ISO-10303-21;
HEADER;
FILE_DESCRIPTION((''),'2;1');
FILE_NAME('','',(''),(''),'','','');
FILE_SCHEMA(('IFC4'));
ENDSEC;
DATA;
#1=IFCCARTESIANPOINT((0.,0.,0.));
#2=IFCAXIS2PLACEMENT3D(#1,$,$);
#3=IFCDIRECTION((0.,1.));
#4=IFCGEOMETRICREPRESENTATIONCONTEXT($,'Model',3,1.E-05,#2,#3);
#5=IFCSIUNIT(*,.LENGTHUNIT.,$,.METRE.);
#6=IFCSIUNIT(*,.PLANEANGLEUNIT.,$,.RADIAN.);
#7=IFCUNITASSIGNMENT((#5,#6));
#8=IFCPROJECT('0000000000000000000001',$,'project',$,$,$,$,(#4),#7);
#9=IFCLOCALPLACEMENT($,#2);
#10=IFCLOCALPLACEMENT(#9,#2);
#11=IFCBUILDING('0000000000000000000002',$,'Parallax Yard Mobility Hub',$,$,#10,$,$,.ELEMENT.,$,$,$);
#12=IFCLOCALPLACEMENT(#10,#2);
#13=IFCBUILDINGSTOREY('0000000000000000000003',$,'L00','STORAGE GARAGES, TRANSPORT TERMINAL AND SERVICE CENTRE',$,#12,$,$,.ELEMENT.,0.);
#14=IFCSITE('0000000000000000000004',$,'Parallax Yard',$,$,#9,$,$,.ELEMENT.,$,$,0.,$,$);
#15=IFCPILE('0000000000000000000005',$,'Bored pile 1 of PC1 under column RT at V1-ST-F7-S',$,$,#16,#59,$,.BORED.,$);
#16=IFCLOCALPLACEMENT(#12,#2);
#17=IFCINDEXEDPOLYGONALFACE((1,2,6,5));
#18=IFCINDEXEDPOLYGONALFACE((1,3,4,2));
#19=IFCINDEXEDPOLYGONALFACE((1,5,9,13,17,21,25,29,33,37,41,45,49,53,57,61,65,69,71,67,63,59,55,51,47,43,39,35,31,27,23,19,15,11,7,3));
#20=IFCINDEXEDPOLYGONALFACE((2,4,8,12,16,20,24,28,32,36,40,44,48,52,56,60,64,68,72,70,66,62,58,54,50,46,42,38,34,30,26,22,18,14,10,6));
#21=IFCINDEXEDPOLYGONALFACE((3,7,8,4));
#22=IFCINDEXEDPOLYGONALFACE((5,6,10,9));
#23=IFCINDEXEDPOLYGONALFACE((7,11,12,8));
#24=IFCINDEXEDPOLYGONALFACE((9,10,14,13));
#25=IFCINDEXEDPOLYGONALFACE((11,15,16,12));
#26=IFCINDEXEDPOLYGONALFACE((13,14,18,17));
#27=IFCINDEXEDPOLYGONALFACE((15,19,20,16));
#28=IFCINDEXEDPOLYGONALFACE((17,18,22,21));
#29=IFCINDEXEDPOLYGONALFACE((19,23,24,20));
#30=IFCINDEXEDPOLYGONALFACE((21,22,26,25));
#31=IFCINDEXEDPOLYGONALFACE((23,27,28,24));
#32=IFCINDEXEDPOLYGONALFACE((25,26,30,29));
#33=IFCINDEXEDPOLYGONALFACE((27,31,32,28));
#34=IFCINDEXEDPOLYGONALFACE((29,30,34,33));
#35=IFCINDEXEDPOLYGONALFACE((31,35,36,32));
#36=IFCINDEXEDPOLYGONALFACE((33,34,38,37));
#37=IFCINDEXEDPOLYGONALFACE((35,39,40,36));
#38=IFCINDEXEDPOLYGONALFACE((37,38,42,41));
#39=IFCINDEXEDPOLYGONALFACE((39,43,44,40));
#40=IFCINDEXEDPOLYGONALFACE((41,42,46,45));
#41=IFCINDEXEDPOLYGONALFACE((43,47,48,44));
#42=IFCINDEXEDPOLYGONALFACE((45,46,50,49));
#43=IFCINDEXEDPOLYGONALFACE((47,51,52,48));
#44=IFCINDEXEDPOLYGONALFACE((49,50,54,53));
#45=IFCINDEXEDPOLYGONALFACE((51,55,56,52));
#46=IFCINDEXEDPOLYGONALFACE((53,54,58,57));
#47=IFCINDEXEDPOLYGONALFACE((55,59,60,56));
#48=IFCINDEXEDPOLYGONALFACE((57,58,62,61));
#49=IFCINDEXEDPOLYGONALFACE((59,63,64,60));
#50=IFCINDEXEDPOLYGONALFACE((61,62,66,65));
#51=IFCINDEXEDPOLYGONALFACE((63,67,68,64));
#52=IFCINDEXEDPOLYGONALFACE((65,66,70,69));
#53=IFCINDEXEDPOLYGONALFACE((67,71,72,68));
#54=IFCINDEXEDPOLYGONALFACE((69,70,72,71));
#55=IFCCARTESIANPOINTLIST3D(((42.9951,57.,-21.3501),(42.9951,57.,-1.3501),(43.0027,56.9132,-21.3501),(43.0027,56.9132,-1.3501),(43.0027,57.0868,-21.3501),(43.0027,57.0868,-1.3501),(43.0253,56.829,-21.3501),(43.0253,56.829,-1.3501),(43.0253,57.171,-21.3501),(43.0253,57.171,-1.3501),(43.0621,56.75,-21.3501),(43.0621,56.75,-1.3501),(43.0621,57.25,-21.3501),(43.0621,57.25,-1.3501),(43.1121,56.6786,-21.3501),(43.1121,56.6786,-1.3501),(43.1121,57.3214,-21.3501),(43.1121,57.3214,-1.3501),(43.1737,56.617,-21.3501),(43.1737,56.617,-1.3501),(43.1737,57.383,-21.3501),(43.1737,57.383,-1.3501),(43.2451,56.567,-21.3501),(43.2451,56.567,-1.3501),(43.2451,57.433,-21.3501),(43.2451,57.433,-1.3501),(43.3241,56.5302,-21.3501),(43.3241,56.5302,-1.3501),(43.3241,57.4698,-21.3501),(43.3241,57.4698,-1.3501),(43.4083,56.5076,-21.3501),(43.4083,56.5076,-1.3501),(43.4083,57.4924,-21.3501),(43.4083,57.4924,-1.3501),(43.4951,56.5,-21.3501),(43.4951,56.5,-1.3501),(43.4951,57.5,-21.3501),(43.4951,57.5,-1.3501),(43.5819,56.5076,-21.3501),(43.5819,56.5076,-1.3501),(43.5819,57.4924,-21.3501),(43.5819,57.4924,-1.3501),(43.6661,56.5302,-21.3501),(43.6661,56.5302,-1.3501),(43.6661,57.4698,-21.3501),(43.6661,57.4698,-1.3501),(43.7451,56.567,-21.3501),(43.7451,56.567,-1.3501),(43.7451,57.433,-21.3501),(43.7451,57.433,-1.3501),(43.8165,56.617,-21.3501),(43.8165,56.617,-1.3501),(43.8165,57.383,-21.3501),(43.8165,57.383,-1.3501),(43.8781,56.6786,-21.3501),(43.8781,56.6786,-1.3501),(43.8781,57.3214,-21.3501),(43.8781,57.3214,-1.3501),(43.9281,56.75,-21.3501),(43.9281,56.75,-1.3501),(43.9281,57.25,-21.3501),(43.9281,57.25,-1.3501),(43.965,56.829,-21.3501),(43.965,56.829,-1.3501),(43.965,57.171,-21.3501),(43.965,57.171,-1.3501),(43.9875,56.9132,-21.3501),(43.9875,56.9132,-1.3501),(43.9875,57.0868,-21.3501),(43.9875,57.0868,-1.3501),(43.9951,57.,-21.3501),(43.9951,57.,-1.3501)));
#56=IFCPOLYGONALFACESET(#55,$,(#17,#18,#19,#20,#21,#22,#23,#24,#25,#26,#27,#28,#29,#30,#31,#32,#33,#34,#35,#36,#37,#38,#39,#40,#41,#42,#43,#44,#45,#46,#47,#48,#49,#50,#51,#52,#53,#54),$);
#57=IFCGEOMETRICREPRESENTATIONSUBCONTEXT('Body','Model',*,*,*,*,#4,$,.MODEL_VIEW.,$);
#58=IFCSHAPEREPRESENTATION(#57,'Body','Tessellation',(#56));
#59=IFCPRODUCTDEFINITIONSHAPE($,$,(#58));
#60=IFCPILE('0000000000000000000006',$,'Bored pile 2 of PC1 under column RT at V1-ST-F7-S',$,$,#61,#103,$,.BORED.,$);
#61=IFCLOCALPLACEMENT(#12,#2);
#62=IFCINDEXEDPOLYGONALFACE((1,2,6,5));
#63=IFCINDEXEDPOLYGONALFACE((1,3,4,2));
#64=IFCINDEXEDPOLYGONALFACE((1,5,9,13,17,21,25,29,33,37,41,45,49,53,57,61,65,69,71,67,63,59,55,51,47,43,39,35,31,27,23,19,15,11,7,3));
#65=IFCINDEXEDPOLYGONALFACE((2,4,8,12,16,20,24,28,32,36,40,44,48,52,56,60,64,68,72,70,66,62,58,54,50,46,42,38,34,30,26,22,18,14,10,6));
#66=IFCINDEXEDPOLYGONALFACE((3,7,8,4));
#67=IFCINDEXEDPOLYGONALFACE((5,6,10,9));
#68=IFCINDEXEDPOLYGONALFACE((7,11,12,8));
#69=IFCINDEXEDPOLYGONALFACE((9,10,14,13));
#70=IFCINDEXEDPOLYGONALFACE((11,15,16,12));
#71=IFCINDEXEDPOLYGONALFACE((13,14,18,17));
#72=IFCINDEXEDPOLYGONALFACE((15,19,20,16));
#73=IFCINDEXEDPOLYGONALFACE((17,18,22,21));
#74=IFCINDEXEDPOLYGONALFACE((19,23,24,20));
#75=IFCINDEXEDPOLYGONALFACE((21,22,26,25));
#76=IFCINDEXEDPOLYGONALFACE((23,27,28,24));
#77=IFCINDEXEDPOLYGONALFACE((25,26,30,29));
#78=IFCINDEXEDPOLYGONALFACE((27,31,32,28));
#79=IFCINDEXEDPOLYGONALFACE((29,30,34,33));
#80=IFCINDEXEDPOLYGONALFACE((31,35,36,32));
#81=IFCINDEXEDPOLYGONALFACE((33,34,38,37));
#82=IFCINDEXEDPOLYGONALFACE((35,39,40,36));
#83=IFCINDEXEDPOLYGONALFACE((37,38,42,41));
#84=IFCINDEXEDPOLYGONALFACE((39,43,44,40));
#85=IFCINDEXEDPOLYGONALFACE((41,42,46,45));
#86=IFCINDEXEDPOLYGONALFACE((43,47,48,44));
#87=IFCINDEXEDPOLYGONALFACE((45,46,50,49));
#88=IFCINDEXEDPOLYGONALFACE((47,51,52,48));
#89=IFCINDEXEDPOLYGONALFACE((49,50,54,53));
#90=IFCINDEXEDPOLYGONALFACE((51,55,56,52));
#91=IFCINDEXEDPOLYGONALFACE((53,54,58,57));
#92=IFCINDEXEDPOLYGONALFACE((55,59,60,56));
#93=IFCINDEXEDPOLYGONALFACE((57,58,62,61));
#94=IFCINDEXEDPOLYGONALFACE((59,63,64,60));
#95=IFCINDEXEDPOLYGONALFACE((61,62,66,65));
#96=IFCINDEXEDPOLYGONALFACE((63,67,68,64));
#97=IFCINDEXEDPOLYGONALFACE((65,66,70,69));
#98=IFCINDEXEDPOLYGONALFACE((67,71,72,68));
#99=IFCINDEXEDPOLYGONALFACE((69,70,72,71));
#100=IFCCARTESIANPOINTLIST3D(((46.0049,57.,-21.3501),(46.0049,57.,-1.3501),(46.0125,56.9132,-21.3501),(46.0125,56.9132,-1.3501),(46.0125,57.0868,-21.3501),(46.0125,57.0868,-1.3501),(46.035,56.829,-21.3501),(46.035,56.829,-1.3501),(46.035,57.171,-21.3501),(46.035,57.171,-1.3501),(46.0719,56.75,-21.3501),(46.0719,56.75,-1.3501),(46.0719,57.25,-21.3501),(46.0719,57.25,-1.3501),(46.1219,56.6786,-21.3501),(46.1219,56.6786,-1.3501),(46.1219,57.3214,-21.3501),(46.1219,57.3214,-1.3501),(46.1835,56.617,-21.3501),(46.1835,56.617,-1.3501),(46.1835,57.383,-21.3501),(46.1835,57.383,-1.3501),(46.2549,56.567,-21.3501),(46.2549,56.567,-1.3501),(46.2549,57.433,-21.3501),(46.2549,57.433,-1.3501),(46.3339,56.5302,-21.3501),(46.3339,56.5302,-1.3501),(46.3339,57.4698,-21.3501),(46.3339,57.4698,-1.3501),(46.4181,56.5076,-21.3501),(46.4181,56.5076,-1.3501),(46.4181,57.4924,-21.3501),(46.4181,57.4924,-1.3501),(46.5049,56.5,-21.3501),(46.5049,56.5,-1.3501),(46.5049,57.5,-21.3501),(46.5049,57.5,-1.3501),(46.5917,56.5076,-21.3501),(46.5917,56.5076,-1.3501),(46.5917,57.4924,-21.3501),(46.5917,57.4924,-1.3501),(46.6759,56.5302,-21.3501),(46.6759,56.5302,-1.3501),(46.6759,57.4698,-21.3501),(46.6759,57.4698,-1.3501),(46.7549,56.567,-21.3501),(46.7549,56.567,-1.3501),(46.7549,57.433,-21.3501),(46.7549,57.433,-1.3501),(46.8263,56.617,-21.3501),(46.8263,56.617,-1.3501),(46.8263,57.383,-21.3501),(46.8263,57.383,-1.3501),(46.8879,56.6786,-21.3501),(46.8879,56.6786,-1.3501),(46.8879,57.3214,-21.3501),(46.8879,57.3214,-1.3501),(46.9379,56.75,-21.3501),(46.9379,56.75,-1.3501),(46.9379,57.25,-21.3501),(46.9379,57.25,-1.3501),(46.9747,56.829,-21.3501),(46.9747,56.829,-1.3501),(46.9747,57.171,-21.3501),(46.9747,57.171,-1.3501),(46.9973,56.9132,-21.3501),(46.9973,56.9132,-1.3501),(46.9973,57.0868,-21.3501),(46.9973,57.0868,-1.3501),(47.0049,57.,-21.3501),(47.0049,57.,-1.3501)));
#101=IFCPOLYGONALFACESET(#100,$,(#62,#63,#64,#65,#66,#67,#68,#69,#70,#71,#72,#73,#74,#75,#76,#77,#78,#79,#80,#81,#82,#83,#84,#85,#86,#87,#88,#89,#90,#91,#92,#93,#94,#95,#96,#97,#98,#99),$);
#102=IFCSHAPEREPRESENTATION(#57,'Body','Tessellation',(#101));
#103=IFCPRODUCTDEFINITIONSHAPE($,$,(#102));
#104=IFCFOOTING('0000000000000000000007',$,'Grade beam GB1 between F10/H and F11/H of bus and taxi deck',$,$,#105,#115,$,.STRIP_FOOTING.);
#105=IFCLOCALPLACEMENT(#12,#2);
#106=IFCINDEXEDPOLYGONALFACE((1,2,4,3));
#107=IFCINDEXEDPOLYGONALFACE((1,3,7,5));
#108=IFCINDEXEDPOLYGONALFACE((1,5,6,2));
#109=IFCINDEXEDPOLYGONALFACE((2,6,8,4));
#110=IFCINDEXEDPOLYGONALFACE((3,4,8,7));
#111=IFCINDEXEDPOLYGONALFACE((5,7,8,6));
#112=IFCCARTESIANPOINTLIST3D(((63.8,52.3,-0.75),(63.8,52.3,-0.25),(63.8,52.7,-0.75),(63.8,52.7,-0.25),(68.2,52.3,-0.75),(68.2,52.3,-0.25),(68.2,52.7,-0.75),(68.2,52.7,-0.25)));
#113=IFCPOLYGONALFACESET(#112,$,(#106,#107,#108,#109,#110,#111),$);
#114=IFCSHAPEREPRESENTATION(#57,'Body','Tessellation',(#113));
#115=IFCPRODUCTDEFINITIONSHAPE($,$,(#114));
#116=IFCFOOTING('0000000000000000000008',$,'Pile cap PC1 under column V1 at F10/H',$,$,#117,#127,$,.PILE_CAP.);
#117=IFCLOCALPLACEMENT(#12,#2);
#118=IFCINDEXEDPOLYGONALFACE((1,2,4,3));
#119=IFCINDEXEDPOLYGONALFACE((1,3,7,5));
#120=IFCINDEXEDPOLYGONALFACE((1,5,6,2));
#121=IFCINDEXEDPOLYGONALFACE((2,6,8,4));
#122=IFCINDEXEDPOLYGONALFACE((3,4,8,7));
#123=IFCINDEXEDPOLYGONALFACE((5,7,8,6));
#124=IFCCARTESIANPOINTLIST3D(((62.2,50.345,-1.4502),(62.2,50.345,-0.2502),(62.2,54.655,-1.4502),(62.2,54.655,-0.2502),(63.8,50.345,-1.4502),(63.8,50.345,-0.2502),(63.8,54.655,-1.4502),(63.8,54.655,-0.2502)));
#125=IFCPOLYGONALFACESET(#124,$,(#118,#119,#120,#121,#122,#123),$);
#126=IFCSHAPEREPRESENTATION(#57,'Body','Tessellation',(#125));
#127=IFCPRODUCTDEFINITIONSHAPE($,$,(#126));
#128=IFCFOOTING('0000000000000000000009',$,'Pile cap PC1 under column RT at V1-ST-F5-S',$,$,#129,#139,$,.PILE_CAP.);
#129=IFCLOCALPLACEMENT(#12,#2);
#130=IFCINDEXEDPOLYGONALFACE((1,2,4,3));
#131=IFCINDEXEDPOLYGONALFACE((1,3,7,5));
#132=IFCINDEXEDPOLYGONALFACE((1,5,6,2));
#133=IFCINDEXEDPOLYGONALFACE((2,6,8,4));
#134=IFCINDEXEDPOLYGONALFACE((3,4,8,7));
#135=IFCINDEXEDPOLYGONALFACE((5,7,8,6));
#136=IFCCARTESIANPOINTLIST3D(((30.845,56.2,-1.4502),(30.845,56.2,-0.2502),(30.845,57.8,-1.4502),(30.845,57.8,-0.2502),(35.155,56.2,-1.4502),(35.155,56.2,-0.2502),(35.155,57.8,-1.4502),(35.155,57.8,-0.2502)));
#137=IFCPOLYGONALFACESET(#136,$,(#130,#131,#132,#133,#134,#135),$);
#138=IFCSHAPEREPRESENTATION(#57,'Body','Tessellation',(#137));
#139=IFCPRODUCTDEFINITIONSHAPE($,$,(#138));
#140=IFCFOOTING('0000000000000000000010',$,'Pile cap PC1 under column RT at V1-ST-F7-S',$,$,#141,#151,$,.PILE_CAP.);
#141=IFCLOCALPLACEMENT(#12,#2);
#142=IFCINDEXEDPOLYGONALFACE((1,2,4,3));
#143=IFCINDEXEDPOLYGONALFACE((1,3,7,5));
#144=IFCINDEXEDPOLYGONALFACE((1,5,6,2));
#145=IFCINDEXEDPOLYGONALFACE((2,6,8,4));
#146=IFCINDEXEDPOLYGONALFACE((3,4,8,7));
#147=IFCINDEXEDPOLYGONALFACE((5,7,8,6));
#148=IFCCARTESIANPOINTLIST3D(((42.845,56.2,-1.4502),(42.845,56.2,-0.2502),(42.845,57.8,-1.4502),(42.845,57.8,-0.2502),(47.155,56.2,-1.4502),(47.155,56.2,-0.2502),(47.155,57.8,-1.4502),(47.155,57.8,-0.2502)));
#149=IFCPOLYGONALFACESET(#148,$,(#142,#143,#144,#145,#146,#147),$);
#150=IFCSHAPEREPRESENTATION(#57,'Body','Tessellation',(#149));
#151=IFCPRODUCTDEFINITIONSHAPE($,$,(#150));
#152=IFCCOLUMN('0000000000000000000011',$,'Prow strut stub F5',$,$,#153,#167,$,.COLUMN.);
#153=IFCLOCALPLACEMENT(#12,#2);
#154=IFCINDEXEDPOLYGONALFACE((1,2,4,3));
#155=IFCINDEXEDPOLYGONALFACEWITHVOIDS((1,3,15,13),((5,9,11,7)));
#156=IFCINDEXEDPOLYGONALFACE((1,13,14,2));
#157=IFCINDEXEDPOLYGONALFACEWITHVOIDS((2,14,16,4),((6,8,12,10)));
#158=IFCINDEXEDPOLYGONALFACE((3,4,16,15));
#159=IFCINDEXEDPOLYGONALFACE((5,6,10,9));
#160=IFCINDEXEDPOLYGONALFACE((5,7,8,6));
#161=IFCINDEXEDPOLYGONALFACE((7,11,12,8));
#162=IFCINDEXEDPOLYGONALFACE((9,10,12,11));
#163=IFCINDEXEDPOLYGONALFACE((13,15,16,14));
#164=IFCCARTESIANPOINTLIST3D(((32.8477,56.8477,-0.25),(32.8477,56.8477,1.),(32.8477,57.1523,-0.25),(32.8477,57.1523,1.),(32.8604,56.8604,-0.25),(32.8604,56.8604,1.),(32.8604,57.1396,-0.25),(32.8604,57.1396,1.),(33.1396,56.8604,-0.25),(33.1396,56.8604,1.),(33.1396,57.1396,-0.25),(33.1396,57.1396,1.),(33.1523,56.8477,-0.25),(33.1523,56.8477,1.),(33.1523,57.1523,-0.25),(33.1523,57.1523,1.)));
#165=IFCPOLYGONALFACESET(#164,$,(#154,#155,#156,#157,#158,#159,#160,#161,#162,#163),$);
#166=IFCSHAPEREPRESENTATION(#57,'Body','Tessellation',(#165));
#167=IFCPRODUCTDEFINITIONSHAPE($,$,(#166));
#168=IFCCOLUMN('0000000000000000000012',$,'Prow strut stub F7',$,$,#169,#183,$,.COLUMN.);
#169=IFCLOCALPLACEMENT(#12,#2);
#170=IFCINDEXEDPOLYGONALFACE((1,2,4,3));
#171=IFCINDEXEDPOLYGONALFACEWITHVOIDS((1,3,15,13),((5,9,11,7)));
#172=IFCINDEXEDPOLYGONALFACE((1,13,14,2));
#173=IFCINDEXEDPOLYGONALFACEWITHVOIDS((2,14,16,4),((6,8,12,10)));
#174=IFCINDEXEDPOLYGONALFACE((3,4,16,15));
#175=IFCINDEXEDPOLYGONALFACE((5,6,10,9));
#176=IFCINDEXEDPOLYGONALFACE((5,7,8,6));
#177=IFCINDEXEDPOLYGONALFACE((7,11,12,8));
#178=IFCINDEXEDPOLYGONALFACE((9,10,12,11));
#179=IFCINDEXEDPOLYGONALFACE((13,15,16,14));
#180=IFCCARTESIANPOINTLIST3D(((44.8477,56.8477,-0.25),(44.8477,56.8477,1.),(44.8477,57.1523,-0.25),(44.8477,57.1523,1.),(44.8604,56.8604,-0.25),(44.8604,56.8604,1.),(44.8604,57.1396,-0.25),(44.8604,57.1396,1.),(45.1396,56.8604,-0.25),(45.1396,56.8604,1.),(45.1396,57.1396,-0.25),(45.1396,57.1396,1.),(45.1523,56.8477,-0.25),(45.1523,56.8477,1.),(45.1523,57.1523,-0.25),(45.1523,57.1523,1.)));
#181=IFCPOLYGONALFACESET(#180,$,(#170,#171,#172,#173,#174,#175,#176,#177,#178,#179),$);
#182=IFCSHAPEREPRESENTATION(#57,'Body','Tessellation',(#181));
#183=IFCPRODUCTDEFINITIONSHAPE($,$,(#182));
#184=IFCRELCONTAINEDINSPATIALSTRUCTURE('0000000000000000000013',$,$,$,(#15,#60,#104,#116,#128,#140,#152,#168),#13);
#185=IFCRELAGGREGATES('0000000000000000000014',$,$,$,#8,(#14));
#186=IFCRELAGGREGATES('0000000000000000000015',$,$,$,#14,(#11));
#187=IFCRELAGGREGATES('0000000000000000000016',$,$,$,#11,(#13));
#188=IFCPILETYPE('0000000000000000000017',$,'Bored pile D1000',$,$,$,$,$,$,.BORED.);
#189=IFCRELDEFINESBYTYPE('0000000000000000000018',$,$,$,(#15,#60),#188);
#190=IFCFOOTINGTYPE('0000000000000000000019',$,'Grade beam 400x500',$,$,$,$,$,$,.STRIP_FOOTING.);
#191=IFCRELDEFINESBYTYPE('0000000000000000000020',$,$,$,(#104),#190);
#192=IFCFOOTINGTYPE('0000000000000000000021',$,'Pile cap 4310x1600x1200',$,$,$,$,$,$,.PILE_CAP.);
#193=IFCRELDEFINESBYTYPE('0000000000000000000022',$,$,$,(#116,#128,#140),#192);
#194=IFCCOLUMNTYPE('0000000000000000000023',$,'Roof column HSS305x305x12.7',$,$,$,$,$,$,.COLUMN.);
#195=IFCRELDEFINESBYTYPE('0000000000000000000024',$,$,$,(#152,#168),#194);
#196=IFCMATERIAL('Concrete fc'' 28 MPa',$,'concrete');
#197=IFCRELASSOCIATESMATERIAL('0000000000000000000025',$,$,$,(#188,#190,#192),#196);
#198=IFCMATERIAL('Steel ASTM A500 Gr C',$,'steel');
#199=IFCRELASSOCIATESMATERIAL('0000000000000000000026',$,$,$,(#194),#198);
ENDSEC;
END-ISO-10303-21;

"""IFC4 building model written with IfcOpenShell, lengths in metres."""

from ifc_helpers import new_model, si_unit, direction, frame, origin, origin_2d, place, context, subcontext, project, spatial, rectangle, hollow_rectangle, circle, extrude, material, material_profile, profile_set, type_object, element, save


model = new_model("IFC4")

# Units and contexts
model_context = context("Model", 3, precision=1e-05, world=origin(), true_north=direction((0.0, 1.0)))
body_context = subcontext(model_context, "Body", "Model", "MODEL_VIEW")
ifc_project = project(units=[si_unit("LENGTHUNIT", "METRE"), si_unit("PLANEANGLEUNIT", "RADIAN")], contexts=[model_context])

# Site, building, storey
site_placement = place(None, origin())
site = spatial("IfcSite", under=ifc_project, at=site_placement, Name="Parallax Yard", CompositionType="ELEMENT", RefElevation=0.0)
building_placement = place(site_placement, origin())
building = spatial("IfcBuilding", under=site, at=building_placement, Name="Parallax Yard Mobility Hub", CompositionType="ELEMENT")
storey_placement = place(building_placement, origin())
storey = spatial("IfcBuildingStorey", under=building, at=storey_placement, Name="L00", Description="STORAGE GARAGES, TRANSPORT TERMINAL AND SERVICE CENTRE", CompositionType="ELEMENT", Elevation=0.0)

# Piles
ifc_material_1 = material(Name="Concrete fc' 28 MPa", Category="concrete")
ifc_material_profile_1 = material_profile(ifc_material_1, circle(Radius=0.5, at=origin_2d()), Name="Bored pile D1000")
ifc_profile_set_1 = profile_set([ifc_material_profile_1], Name="Concrete fc' 28 MPa")
pile_type = type_object("IfcPileType", Name="Bored pile D1000", PredefinedType="BORED", material=ifc_profile_set_1)
for number, where, z_axis, x_axis, name in (
    (1, (43.4951, 57.0, -1.3501), (0.0, 0.0, -1.0), (1.0, 0.0, 0.0), "Bored pile 1 of PC1 under column RT at V1-ST-F7-S"),
    (2, (46.5049, 57.0, -1.3501), (0.0, 0.0, -1.0), (1.0, 0.0, 0.0), "Bored pile 2 of PC1 under column RT at V1-ST-F7-S"),
):
    element("IfcPile", number, at=place(storey_placement, frame(where, z_axis=z_axis, x_axis=x_axis)), inside=storey, type_object=pile_type, Name=name, PredefinedType="BORED", context=body_context, shape_type="SweptSolid", body=[
        extrude(circle(Radius=0.5, at=origin_2d()), origin(), (0.0, 0.0, 1.0), 20.0),
    ])

# Footings
ifc_material_profile_2 = material_profile(ifc_material_1, rectangle(XDim=0.3999, YDim=0.5, at=origin_2d()), Name="Grade beam 400x500")
ifc_profile_set_2 = profile_set([ifc_material_profile_2], Name="Concrete fc' 28 MPa")
footing_type_1 = type_object("IfcFootingType", Name="Grade beam 400x500", PredefinedType="STRIP_FOOTING", material=ifc_profile_set_2)
footing_placement = place(storey_placement, frame((63.8, 52.5, -0.5), z_axis=(1.0, 0.0, 0.0), x_axis=(0.0, 1.0, 0.0)))
element("IfcFooting", 3, at=footing_placement, inside=storey, type_object=footing_type_1, Name="Grade beam GB1 between F10/H and F11/H of bus and taxi deck", PredefinedType="STRIP_FOOTING", context=body_context, shape_type="SweptSolid", body=[
    extrude(rectangle(XDim=0.3999, YDim=0.5, at=origin_2d()), origin(), (0.0, 0.0, 1.0), 4.3999),
])
footing_type_2 = type_object("IfcFootingType", Name="Pile cap 4310x1600x1200", PredefinedType="PILE_CAP", material=ifc_material_1)
for number, where, z_axis, x_axis, name in (
    (4, (63.0, 52.5, -1.4502), (0.0, 0.0, 1.0), (0.0, 1.0, 0.0), "Pile cap PC1 under column V1 at F10/H"),
    (5, (33.0, 57.0, -1.4502), (0.0, 0.0, 1.0), (1.0, 0.0, 0.0), "Pile cap PC1 under column RT at V1-ST-F5-S"),
    (6, (45.0, 57.0, -1.4502), (0.0, 0.0, 1.0), (1.0, 0.0, 0.0), "Pile cap PC1 under column RT at V1-ST-F7-S"),
):
    element("IfcFooting", number, at=place(storey_placement, frame(where, z_axis=z_axis, x_axis=x_axis)), inside=storey, type_object=footing_type_2, Name=name, PredefinedType="PILE_CAP", context=body_context, shape_type="SweptSolid", body=[
        extrude(rectangle(XDim=4.3101, YDim=1.6001, at=origin_2d()), origin(), (0.0, 0.0, 1.0), 1.2),
    ])

# Columns
ifc_material_2 = material(Name="Steel ASTM A500 Gr C", Category="steel")
ifc_material_profile_3 = material_profile(ifc_material_2, hollow_rectangle(XDim=0.3047, YDim=0.3047, WallThickness=0.0127, at=origin_2d()), Name="HSS305x305x12.7")
ifc_profile_set_3 = profile_set([ifc_material_profile_3], Name="Steel ASTM A500 Gr C")
column_type_1 = type_object("IfcColumnType", Name="Roof column HSS305x305x12.7", PredefinedType="COLUMN", material=ifc_profile_set_3)
for number, where, z_axis, x_axis, name in (
    (7, (33.0, 57.0, -0.25), (0.0, 0.0, 1.0), (1.0, 0.0, 0.0), "Prow strut stub F5"),
    (8, (45.0, 57.0, -0.25), (0.0, 0.0, 1.0), (1.0, 0.0, 0.0), "Prow strut stub F7"),
):
    element("IfcColumn", number, at=place(storey_placement, frame(where, z_axis=z_axis, x_axis=x_axis)), inside=storey, type_object=column_type_1, Name=name, PredefinedType="COLUMN", context=body_context, shape_type="SweptSolid", body=[
        extrude(hollow_rectangle(XDim=0.3047, YDim=0.3047, WallThickness=0.0127, at=origin_2d()), origin(), (0.0, 0.0, 1.0), 1.25),
    ])

save(model, "model.ifc")
